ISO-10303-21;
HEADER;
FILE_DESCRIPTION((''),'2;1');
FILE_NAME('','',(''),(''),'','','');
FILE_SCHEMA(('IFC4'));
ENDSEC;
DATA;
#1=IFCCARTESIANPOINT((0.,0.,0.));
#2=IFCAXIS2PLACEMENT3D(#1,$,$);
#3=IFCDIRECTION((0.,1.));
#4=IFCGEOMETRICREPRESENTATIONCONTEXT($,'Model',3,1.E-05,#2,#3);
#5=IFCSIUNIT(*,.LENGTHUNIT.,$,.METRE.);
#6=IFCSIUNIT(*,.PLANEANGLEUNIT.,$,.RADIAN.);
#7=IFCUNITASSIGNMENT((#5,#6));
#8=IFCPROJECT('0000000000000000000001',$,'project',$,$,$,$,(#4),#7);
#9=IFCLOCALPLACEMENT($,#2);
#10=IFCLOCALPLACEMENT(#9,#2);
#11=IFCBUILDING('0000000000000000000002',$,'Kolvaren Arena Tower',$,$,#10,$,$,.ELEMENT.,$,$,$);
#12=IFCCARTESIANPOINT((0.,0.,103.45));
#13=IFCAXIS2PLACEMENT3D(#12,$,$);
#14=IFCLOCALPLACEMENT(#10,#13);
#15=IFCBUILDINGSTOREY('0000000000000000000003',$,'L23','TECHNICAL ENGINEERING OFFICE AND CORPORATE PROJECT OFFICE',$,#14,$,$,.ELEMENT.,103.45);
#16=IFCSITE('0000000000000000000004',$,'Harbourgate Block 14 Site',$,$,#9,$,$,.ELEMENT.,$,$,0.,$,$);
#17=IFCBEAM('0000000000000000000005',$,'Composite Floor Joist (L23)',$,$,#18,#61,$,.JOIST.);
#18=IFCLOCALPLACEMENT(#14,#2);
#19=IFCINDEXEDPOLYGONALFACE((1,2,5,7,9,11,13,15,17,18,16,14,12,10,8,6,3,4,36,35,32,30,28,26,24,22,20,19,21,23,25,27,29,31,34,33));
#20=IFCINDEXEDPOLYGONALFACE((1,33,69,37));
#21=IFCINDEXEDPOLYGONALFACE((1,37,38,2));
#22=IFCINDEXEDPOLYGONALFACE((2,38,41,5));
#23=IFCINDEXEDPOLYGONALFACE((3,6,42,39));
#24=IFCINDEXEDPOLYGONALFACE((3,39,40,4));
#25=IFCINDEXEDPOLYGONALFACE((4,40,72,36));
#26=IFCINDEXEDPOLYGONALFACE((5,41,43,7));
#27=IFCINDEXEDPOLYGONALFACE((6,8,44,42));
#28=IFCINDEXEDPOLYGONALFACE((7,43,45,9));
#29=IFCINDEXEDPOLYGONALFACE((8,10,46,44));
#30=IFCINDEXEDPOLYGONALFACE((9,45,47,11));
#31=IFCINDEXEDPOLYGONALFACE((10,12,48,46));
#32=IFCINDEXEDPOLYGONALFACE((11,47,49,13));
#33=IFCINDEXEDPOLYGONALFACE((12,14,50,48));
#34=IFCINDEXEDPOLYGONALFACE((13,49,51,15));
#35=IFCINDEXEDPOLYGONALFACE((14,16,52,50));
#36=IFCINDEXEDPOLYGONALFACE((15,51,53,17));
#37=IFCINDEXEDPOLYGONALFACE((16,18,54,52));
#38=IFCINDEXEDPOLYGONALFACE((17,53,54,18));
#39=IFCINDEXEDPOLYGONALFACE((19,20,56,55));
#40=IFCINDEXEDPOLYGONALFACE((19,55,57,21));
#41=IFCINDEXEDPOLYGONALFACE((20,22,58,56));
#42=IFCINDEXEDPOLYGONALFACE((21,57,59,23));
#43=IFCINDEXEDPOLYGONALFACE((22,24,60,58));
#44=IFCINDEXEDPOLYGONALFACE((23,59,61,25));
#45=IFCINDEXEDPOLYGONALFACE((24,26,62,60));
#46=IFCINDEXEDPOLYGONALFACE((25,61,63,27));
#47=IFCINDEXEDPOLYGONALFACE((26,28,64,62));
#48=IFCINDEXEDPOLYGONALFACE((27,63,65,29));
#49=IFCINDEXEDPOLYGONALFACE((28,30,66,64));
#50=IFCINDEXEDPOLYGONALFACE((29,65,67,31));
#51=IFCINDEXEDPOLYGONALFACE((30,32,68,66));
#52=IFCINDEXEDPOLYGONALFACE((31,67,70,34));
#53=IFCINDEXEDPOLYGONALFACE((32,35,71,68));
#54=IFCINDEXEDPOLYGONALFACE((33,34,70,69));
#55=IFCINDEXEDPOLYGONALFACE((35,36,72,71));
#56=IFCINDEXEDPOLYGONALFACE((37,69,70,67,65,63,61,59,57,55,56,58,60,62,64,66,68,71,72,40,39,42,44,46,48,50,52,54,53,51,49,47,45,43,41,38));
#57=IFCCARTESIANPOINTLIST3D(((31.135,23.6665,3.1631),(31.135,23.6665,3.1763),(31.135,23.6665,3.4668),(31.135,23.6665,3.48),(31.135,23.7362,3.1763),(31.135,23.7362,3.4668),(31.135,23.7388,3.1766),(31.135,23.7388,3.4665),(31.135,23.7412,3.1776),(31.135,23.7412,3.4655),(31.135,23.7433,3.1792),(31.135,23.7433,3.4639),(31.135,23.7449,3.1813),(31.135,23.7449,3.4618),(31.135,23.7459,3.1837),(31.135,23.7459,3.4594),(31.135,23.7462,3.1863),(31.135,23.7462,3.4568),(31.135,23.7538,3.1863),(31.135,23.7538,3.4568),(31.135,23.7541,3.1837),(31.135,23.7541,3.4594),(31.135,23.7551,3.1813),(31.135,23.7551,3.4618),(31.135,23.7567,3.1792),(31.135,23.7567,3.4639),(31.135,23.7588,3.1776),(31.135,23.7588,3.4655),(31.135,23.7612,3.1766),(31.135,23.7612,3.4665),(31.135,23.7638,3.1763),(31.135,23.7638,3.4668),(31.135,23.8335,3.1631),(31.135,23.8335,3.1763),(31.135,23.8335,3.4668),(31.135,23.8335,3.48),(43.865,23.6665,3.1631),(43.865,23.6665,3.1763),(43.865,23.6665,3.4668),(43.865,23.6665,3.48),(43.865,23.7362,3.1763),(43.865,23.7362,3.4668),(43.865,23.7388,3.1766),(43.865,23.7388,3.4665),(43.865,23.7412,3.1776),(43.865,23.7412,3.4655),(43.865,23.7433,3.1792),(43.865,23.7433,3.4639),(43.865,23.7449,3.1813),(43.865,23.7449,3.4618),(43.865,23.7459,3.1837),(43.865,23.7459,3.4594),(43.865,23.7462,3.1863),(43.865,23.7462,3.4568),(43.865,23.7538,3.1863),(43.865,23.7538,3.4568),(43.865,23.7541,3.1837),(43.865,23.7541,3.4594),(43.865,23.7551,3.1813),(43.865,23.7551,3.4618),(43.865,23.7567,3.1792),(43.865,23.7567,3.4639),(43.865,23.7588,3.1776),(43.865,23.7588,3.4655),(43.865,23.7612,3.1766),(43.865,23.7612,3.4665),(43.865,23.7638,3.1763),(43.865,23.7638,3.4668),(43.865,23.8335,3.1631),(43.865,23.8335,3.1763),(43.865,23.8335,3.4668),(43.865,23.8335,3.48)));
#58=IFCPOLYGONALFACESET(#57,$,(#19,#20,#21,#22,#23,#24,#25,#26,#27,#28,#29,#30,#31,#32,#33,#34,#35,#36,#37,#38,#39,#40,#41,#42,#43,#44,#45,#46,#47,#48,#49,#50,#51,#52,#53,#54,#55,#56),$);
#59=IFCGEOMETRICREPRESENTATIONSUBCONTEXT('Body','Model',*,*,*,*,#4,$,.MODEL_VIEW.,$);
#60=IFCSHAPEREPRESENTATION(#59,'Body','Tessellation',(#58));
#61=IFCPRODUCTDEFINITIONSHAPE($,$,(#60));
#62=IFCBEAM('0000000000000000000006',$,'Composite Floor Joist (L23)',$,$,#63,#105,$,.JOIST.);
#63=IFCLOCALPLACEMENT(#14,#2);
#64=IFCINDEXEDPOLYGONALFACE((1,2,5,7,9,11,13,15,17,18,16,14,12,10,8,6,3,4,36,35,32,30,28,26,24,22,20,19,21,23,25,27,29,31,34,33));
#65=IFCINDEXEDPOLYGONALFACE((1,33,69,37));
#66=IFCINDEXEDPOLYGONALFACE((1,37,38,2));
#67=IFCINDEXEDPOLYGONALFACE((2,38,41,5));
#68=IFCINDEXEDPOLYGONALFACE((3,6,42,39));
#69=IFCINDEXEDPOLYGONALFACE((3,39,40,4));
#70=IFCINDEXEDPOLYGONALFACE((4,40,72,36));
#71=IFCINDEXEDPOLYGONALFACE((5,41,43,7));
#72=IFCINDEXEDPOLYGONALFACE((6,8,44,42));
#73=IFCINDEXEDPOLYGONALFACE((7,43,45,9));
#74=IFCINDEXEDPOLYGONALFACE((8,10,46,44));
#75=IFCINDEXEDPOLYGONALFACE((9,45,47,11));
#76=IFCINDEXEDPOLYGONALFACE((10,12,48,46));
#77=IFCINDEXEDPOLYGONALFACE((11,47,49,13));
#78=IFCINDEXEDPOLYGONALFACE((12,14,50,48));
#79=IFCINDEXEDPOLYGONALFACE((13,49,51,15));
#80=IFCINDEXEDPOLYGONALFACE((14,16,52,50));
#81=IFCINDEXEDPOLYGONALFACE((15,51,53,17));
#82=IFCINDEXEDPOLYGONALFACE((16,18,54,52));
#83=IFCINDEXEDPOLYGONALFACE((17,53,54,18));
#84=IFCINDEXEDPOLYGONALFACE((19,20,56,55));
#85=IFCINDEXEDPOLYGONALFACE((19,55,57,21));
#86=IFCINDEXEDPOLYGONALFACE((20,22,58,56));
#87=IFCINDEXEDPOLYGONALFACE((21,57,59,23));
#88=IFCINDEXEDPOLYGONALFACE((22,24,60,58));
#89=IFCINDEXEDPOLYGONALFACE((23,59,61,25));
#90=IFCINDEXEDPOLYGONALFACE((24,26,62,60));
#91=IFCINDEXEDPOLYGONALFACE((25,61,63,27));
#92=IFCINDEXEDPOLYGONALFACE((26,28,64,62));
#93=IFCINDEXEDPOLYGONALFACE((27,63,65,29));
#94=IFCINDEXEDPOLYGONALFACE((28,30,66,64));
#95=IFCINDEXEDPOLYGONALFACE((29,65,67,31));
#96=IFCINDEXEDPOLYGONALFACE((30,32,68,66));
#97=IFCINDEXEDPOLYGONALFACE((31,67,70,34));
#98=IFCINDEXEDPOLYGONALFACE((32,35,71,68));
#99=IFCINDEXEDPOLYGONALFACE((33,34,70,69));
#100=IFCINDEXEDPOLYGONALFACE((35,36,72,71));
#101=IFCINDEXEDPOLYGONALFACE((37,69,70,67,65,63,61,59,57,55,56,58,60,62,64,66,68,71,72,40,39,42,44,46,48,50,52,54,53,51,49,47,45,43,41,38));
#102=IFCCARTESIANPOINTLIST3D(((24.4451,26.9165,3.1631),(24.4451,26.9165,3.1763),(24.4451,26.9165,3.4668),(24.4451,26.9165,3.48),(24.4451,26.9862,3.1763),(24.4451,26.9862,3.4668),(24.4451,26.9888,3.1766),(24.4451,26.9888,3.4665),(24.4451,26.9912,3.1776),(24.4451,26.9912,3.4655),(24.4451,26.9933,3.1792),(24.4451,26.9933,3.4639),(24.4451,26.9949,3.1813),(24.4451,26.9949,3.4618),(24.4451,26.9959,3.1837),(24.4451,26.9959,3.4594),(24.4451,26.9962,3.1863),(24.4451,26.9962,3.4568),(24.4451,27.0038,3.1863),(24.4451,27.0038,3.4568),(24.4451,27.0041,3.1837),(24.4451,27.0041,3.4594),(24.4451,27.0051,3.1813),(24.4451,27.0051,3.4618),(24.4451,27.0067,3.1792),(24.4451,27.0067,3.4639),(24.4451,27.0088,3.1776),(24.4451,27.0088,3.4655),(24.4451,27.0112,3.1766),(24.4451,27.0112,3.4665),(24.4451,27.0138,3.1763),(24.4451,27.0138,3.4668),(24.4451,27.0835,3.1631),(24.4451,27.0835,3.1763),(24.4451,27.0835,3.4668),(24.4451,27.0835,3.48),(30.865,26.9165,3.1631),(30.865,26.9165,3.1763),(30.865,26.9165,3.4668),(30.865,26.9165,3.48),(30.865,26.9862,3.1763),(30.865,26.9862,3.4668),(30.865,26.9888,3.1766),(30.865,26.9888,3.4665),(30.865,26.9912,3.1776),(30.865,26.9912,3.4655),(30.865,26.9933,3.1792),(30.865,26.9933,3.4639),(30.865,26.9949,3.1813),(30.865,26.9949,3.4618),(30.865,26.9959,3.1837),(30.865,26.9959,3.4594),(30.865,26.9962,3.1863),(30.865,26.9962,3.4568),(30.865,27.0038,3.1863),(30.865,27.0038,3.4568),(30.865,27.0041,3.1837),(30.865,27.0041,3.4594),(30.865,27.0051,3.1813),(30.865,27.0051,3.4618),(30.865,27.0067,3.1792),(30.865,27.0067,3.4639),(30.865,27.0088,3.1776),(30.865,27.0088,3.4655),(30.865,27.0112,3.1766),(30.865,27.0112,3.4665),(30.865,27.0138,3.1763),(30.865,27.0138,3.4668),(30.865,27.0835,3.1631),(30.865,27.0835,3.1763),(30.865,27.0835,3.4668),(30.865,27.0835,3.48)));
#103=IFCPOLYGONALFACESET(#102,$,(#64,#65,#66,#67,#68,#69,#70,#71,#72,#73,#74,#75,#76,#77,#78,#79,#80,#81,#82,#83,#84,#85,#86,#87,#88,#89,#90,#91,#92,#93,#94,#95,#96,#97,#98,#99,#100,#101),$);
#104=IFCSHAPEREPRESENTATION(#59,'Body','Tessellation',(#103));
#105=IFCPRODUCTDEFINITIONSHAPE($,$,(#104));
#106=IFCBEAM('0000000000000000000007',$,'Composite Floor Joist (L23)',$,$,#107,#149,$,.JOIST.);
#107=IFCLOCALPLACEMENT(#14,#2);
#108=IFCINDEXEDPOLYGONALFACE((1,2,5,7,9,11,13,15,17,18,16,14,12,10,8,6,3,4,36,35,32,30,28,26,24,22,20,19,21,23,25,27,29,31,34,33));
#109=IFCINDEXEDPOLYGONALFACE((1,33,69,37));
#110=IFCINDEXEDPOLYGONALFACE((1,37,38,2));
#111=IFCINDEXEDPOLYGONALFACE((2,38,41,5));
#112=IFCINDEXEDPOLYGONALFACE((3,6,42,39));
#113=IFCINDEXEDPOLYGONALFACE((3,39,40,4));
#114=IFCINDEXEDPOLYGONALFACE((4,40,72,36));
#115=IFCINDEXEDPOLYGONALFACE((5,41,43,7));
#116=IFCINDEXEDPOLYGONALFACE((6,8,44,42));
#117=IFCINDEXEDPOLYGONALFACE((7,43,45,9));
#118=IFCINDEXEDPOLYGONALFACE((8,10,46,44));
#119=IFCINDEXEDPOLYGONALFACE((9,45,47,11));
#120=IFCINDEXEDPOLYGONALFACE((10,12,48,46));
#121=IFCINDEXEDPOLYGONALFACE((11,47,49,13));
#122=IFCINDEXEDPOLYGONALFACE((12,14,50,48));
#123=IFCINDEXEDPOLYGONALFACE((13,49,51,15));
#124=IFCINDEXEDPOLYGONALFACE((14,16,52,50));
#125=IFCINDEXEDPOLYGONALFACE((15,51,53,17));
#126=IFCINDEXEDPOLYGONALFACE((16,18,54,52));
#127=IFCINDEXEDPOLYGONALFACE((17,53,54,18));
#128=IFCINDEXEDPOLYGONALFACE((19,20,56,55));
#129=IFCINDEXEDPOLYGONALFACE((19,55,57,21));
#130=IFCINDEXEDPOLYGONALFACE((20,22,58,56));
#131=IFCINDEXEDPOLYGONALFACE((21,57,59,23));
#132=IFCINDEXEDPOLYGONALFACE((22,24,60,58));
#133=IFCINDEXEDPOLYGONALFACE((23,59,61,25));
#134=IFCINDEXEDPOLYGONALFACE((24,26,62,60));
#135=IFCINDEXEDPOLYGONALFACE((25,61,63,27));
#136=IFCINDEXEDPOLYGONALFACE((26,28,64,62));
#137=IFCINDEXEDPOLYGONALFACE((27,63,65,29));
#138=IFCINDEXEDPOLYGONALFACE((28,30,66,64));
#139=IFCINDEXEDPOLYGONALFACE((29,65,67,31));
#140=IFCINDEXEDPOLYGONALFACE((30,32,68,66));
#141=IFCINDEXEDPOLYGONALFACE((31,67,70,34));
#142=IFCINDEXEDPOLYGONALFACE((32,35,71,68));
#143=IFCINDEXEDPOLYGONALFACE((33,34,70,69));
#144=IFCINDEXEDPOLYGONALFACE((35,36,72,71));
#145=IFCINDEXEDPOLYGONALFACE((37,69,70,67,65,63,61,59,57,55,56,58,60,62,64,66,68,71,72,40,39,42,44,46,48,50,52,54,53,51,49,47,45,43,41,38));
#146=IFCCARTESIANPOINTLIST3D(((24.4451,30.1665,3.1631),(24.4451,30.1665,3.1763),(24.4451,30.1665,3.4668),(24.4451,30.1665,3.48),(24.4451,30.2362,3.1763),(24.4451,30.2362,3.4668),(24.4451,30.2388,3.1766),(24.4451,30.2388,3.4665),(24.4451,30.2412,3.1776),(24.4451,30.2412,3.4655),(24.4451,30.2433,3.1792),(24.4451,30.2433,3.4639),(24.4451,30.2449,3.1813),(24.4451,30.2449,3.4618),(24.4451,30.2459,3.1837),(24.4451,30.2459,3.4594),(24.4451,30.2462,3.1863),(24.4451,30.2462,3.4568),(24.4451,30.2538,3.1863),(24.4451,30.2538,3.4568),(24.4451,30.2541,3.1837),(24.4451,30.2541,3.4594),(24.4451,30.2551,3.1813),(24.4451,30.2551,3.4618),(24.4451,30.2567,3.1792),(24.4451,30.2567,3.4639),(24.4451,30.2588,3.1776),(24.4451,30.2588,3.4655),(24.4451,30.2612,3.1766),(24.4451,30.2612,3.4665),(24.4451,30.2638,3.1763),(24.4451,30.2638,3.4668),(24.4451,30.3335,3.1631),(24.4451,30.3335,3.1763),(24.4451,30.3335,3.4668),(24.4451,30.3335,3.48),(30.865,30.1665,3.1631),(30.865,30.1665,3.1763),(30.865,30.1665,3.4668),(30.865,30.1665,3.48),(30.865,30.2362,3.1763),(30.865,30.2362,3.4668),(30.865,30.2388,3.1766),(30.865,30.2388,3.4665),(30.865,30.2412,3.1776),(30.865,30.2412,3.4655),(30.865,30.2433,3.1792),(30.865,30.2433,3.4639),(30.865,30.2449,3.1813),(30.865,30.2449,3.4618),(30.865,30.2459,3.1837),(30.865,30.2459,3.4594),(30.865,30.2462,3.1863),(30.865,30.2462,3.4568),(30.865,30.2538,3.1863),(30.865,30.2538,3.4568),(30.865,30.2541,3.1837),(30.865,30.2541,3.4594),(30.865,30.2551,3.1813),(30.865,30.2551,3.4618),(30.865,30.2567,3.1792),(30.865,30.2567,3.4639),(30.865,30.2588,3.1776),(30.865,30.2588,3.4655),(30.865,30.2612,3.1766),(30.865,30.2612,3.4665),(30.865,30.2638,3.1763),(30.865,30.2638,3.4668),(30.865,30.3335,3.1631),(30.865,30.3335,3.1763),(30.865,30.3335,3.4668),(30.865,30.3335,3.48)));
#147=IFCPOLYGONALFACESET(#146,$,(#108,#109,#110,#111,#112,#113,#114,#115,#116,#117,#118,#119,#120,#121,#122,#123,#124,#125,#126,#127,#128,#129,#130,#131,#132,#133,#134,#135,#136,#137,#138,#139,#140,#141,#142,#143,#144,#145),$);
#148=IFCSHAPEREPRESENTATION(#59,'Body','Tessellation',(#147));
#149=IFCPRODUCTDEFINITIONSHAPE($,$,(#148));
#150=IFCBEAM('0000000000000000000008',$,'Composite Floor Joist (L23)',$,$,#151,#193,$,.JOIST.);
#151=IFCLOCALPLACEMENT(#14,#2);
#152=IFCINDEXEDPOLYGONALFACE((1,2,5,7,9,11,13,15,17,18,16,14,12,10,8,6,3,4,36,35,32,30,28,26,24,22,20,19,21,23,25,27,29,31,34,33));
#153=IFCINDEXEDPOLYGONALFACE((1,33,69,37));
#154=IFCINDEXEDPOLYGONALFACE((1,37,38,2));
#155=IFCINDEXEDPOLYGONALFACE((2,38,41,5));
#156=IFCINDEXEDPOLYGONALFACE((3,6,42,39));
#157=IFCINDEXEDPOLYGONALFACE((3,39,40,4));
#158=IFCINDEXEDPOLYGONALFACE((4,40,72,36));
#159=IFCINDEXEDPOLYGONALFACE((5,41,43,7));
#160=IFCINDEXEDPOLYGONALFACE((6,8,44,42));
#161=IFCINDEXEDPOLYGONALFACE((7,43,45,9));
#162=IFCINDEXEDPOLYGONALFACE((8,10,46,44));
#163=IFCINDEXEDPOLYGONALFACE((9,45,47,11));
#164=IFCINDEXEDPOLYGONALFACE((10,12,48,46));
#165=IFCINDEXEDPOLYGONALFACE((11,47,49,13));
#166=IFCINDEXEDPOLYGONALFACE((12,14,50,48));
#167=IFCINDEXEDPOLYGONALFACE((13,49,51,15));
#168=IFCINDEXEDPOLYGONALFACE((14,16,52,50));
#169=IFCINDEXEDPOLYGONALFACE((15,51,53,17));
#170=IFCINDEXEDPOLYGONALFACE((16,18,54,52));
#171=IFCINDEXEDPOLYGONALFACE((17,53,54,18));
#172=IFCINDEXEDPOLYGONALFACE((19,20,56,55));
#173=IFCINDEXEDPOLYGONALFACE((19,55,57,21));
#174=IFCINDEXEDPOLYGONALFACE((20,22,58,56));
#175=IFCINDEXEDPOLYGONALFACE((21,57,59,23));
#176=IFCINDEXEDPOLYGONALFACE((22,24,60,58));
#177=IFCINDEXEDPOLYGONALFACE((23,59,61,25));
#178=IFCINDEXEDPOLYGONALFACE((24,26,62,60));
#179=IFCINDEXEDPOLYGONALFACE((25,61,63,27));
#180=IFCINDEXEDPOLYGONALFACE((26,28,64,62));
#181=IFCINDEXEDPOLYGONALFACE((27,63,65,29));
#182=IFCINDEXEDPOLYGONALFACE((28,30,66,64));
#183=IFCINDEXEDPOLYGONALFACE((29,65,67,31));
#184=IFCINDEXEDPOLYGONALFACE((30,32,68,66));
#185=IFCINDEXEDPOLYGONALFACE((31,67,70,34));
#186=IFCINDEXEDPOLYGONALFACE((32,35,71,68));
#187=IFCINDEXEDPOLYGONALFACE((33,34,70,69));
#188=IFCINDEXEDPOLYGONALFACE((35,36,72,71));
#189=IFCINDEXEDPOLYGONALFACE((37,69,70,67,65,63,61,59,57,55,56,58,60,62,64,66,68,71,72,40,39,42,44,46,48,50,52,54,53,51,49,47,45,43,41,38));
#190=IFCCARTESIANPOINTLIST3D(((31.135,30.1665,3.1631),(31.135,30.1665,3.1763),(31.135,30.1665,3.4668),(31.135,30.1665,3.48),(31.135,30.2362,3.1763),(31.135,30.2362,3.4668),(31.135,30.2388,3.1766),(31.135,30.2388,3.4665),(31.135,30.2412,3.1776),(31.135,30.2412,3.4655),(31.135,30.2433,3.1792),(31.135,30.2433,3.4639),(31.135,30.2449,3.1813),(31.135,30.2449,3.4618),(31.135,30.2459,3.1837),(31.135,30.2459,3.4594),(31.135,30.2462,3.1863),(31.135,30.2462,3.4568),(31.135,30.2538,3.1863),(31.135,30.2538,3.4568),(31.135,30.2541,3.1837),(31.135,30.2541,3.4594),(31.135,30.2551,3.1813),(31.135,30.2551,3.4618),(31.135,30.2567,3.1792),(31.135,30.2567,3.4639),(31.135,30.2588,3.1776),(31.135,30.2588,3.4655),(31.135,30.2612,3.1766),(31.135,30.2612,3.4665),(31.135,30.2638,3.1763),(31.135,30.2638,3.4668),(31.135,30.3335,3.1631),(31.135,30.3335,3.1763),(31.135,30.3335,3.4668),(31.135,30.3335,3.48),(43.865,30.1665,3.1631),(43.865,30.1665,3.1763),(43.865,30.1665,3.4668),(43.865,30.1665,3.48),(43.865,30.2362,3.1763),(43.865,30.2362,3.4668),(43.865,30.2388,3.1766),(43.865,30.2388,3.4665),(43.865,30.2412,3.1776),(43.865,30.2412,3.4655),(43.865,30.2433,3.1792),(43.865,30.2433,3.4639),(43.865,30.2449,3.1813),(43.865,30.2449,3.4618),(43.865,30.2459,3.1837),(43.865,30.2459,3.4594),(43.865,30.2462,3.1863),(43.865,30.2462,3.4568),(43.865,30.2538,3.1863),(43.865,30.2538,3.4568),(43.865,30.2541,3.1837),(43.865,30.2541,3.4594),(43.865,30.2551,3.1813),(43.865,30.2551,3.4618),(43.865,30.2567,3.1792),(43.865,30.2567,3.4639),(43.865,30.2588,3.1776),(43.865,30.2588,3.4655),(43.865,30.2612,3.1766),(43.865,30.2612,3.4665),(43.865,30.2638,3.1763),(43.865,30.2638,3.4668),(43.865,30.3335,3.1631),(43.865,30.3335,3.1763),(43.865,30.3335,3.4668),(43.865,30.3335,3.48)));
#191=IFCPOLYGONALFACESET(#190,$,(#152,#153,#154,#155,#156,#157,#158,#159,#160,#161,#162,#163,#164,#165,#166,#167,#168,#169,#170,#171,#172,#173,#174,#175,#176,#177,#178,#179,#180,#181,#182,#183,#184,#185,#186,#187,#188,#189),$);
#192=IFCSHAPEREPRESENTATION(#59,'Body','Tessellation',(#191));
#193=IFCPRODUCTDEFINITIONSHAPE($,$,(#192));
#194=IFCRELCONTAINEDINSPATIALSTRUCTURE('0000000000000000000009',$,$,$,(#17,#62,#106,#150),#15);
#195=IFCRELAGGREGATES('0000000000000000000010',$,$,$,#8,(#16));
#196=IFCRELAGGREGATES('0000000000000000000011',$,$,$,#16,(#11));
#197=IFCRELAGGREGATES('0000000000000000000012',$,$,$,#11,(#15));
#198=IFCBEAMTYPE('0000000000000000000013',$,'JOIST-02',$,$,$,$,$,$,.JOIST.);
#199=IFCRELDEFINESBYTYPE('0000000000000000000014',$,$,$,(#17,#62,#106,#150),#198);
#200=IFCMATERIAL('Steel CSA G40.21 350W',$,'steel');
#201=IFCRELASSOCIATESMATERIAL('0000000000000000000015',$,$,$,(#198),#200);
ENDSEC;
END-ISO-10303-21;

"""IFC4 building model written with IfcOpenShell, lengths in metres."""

from ifc_helpers import new_model, si_unit, direction, frame, origin, origin_2d, place, context, subcontext, project, spatial, i_section, extrude, material, material_profile, profile_set, type_object, element, save


model = new_model("IFC4")

# Units and contexts
model_context = context("Model", 3, precision=1e-05, world=origin(), true_north=direction((0.0, 1.0)))
body_context = subcontext(model_context, "Body", "Model", "MODEL_VIEW")
ifc_project = project(units=[si_unit("LENGTHUNIT", "METRE"), si_unit("PLANEANGLEUNIT", "RADIAN")], contexts=[model_context])

# Site, building, storey
site_placement = place(None, origin())
site = spatial("IfcSite", under=ifc_project, at=site_placement, Name="Harbourgate Block 14 Site", CompositionType="ELEMENT", RefElevation=0.0)
building_placement = place(site_placement, origin())
building = spatial("IfcBuilding", under=site, at=building_placement, Name="Kolvaren Arena Tower", CompositionType="ELEMENT")
storey_placement = place(building_placement, frame((0.0, 0.0, 103.45)))
storey = spatial("IfcBuildingStorey", under=building, at=storey_placement, Name="L23", Description="TECHNICAL ENGINEERING OFFICE AND CORPORATE PROJECT OFFICE", CompositionType="ELEMENT", Elevation=103.45)

# Beams
ifc_material_1 = material(Name="Steel CSA G40.21 350W", Category="steel")
ifc_material_profile_1 = material_profile(ifc_material_1, i_section(OverallWidth=0.167, OverallDepth=0.3169, WebThickness=0.0076, FlangeThickness=0.0132, FilletRadius=0.01, at=origin_2d()), Name="W310x52")
ifc_profile_set_1 = profile_set([ifc_material_profile_1], Name="Steel CSA G40.21 350W")
beam_type_1 = type_object("IfcBeamType", Name="JOIST-02", PredefinedType="JOIST", material=ifc_profile_set_1)
beam_1_placement = place(storey_placement, frame((31.135, 23.75, 3.3215), z_axis=(1.0, 0.0, 0.0), x_axis=(0.0, 1.0, 0.0)))
element("IfcBeam", 1, at=beam_1_placement, inside=storey, type_object=beam_type_1, Name="Composite Floor Joist (L23)", PredefinedType="JOIST", context=body_context, shape_type="SweptSolid", body=[
    extrude(i_section(OverallWidth=0.167, OverallDepth=0.3169, WebThickness=0.0076, FlangeThickness=0.0132, FilletRadius=0.01, at=origin_2d()), origin(), (0.0, 0.0, 1.0), 12.73),
])
for number, where, z_axis, x_axis, name in (
    (2, (24.4451, 27.0, 3.3215), (1.0, 0.0, 0.0), (0.0, 1.0, 0.0), "Composite Floor Joist (L23)"),
    (3, (24.4451, 30.25, 3.3215), (1.0, 0.0, 0.0), (0.0, 1.0, 0.0), "Composite Floor Joist (L23)"),
):
    element("IfcBeam", number, at=place(storey_placement, frame(where, z_axis=z_axis, x_axis=x_axis)), inside=storey, type_object=beam_type_1, Name=name, PredefinedType="JOIST", context=body_context, shape_type="SweptSolid", body=[
        extrude(i_section(OverallWidth=0.167, OverallDepth=0.3169, WebThickness=0.0076, FlangeThickness=0.0132, FilletRadius=0.01, at=origin_2d()), origin(), (0.0, 0.0, 1.0), 6.4199),
    ])
beam_2_placement = place(storey_placement, frame((31.135, 30.25, 3.3215), z_axis=(1.0, 0.0, 0.0), x_axis=(0.0, 1.0, 0.0)))
element("IfcBeam", 4, at=beam_2_placement, inside=storey, type_object=beam_type_1, Name="Composite Floor Joist (L23)", PredefinedType="JOIST", context=body_context, shape_type="SweptSolid", body=[
    extrude(i_section(OverallWidth=0.167, OverallDepth=0.3169, WebThickness=0.0076, FlangeThickness=0.0132, FilletRadius=0.01, at=origin_2d()), origin(), (0.0, 0.0, 1.0), 12.73),
])

save(model, "model.ifc")
